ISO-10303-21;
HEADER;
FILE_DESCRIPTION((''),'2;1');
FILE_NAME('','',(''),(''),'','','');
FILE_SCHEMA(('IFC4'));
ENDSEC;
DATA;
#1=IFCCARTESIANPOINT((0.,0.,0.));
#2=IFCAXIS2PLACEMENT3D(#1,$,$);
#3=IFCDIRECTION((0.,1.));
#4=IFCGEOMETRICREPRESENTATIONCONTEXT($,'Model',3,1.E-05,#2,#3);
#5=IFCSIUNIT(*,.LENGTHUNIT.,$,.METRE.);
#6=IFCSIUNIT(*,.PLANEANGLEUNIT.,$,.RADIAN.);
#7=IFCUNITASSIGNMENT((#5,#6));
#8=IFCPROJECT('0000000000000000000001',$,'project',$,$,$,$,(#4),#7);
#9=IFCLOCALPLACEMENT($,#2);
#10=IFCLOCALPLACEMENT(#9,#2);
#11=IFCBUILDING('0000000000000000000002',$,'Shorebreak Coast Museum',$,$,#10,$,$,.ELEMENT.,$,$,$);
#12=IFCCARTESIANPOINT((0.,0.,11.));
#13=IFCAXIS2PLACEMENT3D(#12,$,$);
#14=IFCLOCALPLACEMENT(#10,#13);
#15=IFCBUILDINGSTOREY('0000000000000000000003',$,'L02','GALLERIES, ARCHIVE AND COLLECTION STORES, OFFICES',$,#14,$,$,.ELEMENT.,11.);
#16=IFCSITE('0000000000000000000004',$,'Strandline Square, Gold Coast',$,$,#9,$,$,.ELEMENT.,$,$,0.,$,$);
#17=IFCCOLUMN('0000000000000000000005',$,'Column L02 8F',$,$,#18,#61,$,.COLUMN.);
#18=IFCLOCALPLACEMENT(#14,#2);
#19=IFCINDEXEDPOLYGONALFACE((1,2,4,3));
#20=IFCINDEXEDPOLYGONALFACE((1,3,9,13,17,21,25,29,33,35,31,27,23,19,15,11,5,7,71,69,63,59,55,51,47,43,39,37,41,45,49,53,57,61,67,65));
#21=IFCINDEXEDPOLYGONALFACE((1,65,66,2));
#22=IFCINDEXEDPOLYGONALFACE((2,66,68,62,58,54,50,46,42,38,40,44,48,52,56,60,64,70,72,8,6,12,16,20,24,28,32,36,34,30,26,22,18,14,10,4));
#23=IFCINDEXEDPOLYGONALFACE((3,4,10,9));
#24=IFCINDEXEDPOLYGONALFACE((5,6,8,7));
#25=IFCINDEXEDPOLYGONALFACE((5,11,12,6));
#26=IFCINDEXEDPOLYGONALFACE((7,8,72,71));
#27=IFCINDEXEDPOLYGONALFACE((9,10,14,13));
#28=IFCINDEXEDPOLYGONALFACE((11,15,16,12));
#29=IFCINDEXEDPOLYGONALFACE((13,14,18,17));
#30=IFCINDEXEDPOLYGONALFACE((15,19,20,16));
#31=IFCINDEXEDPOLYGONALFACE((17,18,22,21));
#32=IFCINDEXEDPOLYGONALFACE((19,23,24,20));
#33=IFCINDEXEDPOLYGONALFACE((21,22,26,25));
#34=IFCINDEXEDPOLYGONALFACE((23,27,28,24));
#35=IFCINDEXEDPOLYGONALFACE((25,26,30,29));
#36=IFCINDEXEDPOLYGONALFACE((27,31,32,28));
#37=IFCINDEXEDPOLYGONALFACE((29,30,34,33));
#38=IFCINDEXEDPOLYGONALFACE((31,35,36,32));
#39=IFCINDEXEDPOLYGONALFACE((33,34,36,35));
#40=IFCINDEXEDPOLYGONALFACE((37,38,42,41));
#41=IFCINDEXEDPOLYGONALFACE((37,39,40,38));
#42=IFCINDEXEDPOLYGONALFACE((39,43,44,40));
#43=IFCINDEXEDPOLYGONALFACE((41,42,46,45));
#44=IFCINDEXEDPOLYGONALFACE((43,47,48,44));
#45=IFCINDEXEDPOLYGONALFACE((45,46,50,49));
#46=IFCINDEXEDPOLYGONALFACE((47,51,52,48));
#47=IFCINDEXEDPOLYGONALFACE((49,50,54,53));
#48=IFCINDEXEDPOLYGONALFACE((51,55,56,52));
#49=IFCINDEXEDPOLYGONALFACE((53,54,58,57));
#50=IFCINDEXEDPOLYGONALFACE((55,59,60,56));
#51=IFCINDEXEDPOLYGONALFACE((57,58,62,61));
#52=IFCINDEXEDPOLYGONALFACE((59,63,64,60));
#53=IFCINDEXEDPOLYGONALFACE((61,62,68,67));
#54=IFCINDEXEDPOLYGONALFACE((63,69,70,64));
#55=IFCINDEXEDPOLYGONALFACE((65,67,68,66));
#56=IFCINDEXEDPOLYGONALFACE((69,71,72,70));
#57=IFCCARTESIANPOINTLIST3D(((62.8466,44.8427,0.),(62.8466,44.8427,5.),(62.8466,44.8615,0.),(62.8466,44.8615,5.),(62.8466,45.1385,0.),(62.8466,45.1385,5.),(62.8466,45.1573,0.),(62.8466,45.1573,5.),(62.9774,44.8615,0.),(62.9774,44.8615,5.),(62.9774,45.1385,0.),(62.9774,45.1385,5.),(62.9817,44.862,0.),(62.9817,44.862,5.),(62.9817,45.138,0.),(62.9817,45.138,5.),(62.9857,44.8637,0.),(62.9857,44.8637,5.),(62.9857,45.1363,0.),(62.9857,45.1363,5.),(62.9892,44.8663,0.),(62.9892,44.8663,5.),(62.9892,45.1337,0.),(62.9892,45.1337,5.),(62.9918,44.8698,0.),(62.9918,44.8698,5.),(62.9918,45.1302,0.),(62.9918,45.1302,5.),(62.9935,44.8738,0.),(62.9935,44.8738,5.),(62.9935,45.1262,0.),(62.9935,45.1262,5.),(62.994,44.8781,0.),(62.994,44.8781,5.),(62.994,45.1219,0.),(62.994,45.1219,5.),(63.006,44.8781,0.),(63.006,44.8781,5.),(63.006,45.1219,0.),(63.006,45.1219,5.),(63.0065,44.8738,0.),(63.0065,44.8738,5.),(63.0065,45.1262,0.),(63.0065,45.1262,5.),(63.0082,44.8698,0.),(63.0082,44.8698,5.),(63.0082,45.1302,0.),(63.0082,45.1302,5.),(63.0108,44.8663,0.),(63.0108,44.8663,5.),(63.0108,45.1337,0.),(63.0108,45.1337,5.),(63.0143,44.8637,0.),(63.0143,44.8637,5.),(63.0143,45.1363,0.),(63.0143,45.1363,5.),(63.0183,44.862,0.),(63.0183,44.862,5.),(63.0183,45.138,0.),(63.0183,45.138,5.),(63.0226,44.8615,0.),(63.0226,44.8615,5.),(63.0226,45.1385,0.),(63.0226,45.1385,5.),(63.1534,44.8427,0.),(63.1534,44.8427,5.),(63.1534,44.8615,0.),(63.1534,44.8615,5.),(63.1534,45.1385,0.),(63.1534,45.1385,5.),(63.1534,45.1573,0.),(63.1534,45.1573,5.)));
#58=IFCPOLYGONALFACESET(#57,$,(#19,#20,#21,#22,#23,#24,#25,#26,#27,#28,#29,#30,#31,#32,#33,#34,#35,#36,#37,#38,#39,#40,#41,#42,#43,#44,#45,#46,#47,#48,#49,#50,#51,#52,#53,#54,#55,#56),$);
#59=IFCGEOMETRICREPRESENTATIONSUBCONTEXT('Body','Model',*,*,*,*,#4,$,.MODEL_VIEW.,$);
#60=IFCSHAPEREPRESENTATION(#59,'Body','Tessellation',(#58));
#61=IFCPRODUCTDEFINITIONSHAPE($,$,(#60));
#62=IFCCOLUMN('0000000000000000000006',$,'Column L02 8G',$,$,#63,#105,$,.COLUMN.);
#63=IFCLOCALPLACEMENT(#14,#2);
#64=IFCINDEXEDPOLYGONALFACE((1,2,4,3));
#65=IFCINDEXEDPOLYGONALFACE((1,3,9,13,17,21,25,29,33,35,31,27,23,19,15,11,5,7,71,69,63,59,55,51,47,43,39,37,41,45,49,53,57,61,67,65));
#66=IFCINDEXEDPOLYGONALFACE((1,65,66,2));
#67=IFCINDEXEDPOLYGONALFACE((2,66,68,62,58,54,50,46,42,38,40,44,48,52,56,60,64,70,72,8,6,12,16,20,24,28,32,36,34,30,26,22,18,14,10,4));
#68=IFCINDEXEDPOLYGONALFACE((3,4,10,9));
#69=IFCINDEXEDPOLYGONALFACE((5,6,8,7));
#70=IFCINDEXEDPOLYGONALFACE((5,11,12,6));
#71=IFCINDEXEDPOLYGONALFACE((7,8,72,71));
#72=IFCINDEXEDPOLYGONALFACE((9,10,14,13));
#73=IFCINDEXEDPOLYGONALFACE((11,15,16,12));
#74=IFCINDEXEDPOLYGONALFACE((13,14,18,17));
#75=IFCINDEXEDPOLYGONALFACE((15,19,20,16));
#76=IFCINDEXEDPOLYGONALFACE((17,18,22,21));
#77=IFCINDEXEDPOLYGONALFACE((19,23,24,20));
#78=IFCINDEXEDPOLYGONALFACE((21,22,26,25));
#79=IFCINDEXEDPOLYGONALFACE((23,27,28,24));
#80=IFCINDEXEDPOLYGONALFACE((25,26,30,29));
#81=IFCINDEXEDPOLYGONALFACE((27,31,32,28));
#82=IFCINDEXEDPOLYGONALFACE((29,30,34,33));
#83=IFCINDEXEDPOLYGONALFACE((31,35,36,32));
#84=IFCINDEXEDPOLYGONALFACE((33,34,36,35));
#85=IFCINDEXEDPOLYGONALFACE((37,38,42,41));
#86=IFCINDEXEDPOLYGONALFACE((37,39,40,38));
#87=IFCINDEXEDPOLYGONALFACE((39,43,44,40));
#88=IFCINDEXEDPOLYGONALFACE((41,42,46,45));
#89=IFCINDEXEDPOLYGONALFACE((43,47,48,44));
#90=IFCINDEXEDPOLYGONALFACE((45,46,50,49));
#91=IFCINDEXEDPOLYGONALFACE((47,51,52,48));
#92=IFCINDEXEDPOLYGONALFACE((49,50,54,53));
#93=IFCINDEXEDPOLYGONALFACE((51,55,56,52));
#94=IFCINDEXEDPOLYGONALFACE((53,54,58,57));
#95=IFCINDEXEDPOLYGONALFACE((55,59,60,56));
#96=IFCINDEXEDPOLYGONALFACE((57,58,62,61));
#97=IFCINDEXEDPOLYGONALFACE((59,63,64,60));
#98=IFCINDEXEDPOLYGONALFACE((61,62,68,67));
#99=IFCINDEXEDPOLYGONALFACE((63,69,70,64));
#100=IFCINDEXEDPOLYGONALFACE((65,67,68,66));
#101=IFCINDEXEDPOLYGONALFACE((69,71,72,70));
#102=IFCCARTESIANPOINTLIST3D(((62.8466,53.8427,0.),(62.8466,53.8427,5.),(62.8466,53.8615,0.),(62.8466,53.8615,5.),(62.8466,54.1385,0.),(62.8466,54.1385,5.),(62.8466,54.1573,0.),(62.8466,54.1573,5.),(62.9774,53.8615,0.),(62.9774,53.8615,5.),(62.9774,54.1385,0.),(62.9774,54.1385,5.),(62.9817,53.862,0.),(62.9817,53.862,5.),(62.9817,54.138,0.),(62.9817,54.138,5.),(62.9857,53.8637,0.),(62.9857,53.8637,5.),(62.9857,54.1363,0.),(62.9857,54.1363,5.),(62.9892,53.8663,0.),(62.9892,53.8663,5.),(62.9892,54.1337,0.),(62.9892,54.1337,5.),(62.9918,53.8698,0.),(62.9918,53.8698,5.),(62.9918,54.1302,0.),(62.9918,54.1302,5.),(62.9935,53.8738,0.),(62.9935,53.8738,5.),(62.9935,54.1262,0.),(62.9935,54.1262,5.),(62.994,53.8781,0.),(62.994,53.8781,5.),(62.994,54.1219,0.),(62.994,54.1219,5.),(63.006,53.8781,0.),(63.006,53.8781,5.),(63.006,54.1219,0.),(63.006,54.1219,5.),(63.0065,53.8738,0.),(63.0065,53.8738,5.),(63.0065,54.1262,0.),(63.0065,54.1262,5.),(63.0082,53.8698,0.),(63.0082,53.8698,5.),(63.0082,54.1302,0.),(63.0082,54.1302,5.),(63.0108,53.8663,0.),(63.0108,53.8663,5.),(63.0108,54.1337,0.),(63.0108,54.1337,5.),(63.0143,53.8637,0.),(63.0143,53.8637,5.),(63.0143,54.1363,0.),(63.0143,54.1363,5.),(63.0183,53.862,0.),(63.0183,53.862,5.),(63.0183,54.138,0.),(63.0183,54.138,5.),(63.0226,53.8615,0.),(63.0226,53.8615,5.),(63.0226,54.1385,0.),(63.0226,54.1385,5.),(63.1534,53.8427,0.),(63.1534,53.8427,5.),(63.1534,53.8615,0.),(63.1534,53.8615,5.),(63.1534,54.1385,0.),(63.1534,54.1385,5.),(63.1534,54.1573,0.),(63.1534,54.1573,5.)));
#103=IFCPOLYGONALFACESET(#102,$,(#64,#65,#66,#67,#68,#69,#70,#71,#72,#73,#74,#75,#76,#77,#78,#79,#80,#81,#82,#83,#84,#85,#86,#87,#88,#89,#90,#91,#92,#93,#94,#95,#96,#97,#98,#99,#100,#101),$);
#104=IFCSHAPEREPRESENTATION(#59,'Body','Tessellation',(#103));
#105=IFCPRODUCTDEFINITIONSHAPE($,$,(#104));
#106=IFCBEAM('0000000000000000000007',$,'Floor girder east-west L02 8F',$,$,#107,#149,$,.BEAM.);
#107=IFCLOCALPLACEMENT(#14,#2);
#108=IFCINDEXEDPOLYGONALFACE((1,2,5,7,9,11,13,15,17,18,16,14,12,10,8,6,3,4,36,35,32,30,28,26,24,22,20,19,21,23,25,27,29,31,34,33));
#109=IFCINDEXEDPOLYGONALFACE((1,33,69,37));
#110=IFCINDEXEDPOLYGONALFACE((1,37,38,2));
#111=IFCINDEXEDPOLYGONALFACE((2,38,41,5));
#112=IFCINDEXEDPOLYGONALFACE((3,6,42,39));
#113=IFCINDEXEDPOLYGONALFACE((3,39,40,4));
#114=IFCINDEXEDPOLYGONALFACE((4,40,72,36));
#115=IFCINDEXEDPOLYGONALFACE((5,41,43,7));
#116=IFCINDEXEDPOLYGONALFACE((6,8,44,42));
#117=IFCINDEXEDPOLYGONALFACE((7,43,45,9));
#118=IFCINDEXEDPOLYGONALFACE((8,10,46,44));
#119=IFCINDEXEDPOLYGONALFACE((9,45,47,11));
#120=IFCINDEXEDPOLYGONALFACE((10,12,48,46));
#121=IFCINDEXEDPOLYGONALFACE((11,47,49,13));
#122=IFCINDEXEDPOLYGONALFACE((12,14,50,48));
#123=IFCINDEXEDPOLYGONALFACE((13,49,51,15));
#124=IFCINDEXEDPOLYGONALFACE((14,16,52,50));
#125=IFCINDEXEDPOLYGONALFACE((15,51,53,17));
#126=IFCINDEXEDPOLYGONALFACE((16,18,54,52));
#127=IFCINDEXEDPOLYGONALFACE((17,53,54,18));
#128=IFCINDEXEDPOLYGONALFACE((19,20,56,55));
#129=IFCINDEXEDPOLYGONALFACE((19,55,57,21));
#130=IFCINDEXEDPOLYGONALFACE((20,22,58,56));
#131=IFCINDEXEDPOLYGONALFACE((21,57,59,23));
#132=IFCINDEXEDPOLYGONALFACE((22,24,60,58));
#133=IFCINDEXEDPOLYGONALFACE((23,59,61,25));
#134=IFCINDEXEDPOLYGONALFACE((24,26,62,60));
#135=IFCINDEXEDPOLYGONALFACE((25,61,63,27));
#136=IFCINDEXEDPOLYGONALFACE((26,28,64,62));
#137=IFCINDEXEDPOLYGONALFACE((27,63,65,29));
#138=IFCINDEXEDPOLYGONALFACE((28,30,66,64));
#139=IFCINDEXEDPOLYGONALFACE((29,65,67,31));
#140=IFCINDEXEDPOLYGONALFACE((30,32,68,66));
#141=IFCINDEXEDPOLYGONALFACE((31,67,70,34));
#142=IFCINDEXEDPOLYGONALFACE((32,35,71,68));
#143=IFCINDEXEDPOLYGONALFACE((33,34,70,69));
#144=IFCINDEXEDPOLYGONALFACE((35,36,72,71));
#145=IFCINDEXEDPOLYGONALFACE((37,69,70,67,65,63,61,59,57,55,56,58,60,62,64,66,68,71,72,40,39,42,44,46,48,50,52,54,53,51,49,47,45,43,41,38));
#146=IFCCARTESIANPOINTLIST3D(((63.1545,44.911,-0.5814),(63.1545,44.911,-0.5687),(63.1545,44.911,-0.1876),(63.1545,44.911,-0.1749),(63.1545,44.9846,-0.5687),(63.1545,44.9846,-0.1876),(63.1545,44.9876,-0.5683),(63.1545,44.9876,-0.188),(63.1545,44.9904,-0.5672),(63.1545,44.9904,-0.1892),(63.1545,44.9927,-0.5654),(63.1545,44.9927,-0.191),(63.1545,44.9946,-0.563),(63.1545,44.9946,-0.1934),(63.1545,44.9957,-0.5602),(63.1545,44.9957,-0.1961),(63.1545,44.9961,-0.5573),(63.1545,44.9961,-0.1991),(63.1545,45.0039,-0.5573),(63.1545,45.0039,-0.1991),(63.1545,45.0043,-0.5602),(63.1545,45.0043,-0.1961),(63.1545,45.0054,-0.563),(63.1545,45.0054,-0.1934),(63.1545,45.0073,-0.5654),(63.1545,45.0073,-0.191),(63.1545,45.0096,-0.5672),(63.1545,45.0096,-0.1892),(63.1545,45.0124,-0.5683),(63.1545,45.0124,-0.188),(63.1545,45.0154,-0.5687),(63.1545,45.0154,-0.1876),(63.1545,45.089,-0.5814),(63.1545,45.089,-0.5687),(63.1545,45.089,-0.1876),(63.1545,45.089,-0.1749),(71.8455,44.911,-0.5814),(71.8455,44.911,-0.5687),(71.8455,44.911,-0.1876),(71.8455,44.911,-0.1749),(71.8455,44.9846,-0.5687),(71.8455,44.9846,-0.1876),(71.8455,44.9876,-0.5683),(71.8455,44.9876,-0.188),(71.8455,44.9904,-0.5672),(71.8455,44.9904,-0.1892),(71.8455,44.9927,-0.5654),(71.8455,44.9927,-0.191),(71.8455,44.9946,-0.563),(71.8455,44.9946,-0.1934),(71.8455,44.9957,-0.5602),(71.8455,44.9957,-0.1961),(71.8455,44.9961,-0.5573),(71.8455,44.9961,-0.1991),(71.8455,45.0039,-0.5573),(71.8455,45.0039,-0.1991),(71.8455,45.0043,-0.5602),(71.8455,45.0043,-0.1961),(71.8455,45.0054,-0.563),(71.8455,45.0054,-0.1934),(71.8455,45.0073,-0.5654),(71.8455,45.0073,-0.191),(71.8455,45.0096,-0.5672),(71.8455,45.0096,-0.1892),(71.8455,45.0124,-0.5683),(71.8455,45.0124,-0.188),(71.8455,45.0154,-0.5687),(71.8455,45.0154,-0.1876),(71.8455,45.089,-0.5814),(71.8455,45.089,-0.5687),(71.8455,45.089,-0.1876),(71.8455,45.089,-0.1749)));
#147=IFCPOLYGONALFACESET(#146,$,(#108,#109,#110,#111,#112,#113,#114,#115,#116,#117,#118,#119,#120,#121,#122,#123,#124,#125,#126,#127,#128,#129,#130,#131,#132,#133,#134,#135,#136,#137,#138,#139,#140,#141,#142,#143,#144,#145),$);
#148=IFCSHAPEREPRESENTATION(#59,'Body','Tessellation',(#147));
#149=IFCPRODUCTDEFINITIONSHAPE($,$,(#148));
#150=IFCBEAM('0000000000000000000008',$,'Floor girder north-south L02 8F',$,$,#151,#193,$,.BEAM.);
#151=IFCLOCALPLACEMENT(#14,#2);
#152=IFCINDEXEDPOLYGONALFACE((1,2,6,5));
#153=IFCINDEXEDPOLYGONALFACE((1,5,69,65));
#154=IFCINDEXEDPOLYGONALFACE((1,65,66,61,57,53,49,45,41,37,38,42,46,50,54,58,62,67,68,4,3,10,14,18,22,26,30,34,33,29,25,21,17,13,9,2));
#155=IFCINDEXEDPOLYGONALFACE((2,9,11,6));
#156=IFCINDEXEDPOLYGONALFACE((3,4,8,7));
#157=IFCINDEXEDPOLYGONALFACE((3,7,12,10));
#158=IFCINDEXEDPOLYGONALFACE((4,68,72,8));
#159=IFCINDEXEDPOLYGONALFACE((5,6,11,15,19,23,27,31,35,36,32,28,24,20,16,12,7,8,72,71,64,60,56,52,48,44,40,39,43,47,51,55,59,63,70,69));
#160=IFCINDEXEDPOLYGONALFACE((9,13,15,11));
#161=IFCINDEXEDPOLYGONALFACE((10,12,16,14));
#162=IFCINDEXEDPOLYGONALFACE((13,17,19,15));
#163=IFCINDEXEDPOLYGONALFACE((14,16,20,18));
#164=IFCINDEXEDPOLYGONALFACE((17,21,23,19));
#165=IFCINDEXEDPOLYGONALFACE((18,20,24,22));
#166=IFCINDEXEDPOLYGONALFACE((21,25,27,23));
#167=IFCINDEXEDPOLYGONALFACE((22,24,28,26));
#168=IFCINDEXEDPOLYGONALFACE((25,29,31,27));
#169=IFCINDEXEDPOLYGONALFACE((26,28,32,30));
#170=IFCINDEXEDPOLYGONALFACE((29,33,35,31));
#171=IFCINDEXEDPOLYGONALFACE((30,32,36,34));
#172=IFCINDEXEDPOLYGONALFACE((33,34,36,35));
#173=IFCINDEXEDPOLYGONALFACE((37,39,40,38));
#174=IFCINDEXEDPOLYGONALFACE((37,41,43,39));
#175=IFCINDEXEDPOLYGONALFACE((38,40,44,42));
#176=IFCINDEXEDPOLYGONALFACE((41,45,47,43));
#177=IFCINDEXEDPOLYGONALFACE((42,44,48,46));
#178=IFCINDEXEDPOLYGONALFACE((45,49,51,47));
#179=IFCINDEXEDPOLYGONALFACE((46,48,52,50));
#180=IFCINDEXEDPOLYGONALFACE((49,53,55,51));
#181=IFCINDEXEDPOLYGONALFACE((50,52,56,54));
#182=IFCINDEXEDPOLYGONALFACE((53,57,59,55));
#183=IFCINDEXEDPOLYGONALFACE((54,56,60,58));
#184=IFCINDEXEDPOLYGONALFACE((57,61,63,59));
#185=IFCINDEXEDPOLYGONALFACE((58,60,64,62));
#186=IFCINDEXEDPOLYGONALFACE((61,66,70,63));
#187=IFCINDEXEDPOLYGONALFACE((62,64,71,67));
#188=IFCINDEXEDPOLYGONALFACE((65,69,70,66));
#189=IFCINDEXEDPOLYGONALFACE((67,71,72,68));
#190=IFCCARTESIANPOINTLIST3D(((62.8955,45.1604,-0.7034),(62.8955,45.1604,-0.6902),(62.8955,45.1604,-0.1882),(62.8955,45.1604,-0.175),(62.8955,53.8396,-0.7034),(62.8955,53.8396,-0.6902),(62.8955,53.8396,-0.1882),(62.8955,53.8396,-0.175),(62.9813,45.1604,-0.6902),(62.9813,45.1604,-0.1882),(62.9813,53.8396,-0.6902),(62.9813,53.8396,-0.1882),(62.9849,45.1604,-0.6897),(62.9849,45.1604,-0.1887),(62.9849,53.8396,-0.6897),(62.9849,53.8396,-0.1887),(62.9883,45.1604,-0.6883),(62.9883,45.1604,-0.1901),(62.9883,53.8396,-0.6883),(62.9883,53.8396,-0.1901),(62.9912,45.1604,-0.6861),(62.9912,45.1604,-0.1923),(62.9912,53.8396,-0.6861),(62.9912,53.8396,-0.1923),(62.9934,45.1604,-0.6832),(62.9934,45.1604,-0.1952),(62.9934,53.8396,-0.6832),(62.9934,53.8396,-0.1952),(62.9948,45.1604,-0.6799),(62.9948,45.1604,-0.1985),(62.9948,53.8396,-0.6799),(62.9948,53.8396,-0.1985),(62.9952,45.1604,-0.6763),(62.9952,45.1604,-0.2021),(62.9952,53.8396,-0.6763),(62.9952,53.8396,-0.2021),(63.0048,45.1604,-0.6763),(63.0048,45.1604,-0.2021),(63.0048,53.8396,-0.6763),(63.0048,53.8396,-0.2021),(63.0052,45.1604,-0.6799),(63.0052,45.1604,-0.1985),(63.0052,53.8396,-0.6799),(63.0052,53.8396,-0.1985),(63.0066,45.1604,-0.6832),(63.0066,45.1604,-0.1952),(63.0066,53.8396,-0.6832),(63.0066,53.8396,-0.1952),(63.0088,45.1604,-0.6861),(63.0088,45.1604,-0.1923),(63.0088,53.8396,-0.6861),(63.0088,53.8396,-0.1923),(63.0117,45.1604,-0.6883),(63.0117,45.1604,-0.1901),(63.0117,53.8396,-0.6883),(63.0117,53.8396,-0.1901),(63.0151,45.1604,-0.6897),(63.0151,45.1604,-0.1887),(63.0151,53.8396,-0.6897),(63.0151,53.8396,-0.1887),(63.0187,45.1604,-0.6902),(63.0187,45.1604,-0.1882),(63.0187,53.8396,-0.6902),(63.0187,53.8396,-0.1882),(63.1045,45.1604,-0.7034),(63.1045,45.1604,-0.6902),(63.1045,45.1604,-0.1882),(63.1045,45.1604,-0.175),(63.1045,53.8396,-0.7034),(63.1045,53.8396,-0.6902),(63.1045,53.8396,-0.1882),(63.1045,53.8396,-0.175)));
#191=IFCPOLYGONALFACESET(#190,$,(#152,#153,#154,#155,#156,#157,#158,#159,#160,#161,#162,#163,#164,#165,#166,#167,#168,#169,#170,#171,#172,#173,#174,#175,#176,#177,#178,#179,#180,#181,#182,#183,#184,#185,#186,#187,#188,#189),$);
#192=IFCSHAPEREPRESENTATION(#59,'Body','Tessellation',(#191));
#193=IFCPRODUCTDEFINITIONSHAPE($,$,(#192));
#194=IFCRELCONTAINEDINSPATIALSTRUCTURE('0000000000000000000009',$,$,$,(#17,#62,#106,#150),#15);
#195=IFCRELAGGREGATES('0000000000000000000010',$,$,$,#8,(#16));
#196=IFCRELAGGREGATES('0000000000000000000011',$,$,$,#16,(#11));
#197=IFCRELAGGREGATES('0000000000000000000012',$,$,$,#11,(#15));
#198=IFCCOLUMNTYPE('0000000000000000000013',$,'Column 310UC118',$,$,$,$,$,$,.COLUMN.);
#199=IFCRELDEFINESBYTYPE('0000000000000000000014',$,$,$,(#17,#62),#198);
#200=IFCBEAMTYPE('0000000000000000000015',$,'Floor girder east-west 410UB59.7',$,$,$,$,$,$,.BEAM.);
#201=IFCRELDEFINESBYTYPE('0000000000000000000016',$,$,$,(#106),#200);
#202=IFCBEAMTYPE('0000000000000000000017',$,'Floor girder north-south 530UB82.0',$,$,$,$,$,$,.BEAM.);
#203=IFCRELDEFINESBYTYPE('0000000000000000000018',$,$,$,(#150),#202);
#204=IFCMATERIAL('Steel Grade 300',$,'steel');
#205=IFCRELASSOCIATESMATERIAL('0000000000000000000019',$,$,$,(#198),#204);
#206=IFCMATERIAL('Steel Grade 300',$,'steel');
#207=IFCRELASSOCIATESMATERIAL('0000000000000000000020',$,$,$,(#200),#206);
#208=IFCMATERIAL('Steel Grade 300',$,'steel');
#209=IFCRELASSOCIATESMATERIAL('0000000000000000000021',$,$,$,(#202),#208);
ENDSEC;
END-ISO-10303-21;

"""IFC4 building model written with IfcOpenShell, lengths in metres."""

from ifc_helpers import new_model, si_unit, direction, frame, origin, origin_2d, place, context, subcontext, project, spatial, i_section, extrude, material, material_profile, profile_set, type_object, element, save


model = new_model("IFC4")

# Units and contexts
model_context = context("Model", 3, precision=1e-05, world=origin(), true_north=direction((0.0, 1.0)))
body_context = subcontext(model_context, "Body", "Model", "MODEL_VIEW")
ifc_project = project(units=[si_unit("LENGTHUNIT", "METRE"), si_unit("PLANEANGLEUNIT", "RADIAN")], contexts=[model_context])

# Site, building, storey
site_placement = place(None, origin())
site = spatial("IfcSite", under=ifc_project, at=site_placement, Name="Strandline Square, Gold Coast", CompositionType="ELEMENT", RefElevation=0.0)
building_placement = place(site_placement, origin())
building = spatial("IfcBuilding", under=site, at=building_placement, Name="Shorebreak Coast Museum", CompositionType="ELEMENT")
storey_placement = place(building_placement, frame((0.0, 0.0, 11.0)))
storey = spatial("IfcBuildingStorey", under=building, at=storey_placement, Name="L02", Description="GALLERIES, ARCHIVE AND COLLECTION STORES, OFFICES", CompositionType="ELEMENT", Elevation=11.0)

# Columns
ifc_material_1 = material(Name="Steel Grade 300", Category="steel")
ifc_material_profile_1 = material_profile(ifc_material_1, i_section(OverallWidth=0.3069, OverallDepth=0.3147, WebThickness=0.012, FlangeThickness=0.0188, FilletRadius=0.0166, at=origin_2d()), Name="310UC118")
ifc_profile_set_1 = profile_set([ifc_material_profile_1], Name="Steel Grade 300")
column_type = type_object("IfcColumnType", Name="Column 310UC118", PredefinedType="COLUMN", material=ifc_profile_set_1)
for number, where, z_axis, x_axis, name in (
    (1, (63.0, 45.0, 0.0), (0.0, 0.0, 1.0), (1.0, 0.0, 0.0), "Column L02 8F"),
    (2, (63.0, 54.0, 0.0), (0.0, 0.0, 1.0), (1.0, 0.0, 0.0), "Column L02 8G"),
):
    element("IfcColumn", number, at=place(storey_placement, frame(where, z_axis=z_axis, x_axis=x_axis)), inside=storey, type_object=column_type, Name=name, PredefinedType="COLUMN", context=body_context, shape_type="SweptSolid", body=[
        extrude(i_section(OverallWidth=0.3069, OverallDepth=0.3147, WebThickness=0.012, FlangeThickness=0.0188, FilletRadius=0.0166, at=origin_2d()), origin(), (0.0, 0.0, 1.0), 5.0),
    ])

# Beams
ifc_material_2 = material(Name="Steel Grade 300", Category="steel")
ifc_material_profile_2 = material_profile(ifc_material_2, i_section(OverallWidth=0.178, OverallDepth=0.4065, WebThickness=0.0078, FlangeThickness=0.0127, FilletRadius=0.0115, at=origin_2d()), Name="410UB59.7")
ifc_profile_set_2 = profile_set([ifc_material_profile_2], Name="Steel Grade 300")
beam_type_1 = type_object("IfcBeamType", Name="Floor girder east-west 410UB59.7", PredefinedType="BEAM", material=ifc_profile_set_2)
beam_1_placement = place(storey_placement, frame((63.1545, 45.0, -0.3782), z_axis=(1.0, 0.0, 0.0), x_axis=(0.0, 1.0, 0.0)))
element("IfcBeam", 3, at=beam_1_placement, inside=storey, type_object=beam_type_1, Name="Floor girder east-west L02 8F", PredefinedType="BEAM", context=body_context, shape_type="SweptSolid", body=[
    extrude(i_section(OverallWidth=0.178, OverallDepth=0.4065, WebThickness=0.0078, FlangeThickness=0.0127, FilletRadius=0.0115, at=origin_2d()), origin(), (0.0, 0.0, 1.0), 8.6909),
])
ifc_material_3 = material(Name="Steel Grade 300", Category="steel")
ifc_material_profile_3 = material_profile(ifc_material_3, i_section(OverallWidth=0.209, OverallDepth=0.5283, WebThickness=0.0095, FlangeThickness=0.0132, FilletRadius=0.0139, at=origin_2d()), Name="530UB82.0")
ifc_profile_set_3 = profile_set([ifc_material_profile_3], Name="Steel Grade 300")
beam_type_2 = type_object("IfcBeamType", Name="Floor girder north-south 530UB82.0", PredefinedType="BEAM", material=ifc_profile_set_3)
beam_2_placement = place(storey_placement, frame((63.0, 45.1604, -0.4392), z_axis=(0.0, 1.0, 0.0), x_axis=(-1.0, 0.0, 0.0)))
element("IfcBeam", 4, at=beam_2_placement, inside=storey, type_object=beam_type_2, Name="Floor girder north-south L02 8F", PredefinedType="BEAM", context=body_context, shape_type="SweptSolid", body=[
    extrude(i_section(OverallWidth=0.209, OverallDepth=0.5283, WebThickness=0.0095, FlangeThickness=0.0132, FilletRadius=0.0139, at=origin_2d()), origin(), (0.0, 0.0, 1.0), 8.6792),
])

save(model, "model.ifc")
